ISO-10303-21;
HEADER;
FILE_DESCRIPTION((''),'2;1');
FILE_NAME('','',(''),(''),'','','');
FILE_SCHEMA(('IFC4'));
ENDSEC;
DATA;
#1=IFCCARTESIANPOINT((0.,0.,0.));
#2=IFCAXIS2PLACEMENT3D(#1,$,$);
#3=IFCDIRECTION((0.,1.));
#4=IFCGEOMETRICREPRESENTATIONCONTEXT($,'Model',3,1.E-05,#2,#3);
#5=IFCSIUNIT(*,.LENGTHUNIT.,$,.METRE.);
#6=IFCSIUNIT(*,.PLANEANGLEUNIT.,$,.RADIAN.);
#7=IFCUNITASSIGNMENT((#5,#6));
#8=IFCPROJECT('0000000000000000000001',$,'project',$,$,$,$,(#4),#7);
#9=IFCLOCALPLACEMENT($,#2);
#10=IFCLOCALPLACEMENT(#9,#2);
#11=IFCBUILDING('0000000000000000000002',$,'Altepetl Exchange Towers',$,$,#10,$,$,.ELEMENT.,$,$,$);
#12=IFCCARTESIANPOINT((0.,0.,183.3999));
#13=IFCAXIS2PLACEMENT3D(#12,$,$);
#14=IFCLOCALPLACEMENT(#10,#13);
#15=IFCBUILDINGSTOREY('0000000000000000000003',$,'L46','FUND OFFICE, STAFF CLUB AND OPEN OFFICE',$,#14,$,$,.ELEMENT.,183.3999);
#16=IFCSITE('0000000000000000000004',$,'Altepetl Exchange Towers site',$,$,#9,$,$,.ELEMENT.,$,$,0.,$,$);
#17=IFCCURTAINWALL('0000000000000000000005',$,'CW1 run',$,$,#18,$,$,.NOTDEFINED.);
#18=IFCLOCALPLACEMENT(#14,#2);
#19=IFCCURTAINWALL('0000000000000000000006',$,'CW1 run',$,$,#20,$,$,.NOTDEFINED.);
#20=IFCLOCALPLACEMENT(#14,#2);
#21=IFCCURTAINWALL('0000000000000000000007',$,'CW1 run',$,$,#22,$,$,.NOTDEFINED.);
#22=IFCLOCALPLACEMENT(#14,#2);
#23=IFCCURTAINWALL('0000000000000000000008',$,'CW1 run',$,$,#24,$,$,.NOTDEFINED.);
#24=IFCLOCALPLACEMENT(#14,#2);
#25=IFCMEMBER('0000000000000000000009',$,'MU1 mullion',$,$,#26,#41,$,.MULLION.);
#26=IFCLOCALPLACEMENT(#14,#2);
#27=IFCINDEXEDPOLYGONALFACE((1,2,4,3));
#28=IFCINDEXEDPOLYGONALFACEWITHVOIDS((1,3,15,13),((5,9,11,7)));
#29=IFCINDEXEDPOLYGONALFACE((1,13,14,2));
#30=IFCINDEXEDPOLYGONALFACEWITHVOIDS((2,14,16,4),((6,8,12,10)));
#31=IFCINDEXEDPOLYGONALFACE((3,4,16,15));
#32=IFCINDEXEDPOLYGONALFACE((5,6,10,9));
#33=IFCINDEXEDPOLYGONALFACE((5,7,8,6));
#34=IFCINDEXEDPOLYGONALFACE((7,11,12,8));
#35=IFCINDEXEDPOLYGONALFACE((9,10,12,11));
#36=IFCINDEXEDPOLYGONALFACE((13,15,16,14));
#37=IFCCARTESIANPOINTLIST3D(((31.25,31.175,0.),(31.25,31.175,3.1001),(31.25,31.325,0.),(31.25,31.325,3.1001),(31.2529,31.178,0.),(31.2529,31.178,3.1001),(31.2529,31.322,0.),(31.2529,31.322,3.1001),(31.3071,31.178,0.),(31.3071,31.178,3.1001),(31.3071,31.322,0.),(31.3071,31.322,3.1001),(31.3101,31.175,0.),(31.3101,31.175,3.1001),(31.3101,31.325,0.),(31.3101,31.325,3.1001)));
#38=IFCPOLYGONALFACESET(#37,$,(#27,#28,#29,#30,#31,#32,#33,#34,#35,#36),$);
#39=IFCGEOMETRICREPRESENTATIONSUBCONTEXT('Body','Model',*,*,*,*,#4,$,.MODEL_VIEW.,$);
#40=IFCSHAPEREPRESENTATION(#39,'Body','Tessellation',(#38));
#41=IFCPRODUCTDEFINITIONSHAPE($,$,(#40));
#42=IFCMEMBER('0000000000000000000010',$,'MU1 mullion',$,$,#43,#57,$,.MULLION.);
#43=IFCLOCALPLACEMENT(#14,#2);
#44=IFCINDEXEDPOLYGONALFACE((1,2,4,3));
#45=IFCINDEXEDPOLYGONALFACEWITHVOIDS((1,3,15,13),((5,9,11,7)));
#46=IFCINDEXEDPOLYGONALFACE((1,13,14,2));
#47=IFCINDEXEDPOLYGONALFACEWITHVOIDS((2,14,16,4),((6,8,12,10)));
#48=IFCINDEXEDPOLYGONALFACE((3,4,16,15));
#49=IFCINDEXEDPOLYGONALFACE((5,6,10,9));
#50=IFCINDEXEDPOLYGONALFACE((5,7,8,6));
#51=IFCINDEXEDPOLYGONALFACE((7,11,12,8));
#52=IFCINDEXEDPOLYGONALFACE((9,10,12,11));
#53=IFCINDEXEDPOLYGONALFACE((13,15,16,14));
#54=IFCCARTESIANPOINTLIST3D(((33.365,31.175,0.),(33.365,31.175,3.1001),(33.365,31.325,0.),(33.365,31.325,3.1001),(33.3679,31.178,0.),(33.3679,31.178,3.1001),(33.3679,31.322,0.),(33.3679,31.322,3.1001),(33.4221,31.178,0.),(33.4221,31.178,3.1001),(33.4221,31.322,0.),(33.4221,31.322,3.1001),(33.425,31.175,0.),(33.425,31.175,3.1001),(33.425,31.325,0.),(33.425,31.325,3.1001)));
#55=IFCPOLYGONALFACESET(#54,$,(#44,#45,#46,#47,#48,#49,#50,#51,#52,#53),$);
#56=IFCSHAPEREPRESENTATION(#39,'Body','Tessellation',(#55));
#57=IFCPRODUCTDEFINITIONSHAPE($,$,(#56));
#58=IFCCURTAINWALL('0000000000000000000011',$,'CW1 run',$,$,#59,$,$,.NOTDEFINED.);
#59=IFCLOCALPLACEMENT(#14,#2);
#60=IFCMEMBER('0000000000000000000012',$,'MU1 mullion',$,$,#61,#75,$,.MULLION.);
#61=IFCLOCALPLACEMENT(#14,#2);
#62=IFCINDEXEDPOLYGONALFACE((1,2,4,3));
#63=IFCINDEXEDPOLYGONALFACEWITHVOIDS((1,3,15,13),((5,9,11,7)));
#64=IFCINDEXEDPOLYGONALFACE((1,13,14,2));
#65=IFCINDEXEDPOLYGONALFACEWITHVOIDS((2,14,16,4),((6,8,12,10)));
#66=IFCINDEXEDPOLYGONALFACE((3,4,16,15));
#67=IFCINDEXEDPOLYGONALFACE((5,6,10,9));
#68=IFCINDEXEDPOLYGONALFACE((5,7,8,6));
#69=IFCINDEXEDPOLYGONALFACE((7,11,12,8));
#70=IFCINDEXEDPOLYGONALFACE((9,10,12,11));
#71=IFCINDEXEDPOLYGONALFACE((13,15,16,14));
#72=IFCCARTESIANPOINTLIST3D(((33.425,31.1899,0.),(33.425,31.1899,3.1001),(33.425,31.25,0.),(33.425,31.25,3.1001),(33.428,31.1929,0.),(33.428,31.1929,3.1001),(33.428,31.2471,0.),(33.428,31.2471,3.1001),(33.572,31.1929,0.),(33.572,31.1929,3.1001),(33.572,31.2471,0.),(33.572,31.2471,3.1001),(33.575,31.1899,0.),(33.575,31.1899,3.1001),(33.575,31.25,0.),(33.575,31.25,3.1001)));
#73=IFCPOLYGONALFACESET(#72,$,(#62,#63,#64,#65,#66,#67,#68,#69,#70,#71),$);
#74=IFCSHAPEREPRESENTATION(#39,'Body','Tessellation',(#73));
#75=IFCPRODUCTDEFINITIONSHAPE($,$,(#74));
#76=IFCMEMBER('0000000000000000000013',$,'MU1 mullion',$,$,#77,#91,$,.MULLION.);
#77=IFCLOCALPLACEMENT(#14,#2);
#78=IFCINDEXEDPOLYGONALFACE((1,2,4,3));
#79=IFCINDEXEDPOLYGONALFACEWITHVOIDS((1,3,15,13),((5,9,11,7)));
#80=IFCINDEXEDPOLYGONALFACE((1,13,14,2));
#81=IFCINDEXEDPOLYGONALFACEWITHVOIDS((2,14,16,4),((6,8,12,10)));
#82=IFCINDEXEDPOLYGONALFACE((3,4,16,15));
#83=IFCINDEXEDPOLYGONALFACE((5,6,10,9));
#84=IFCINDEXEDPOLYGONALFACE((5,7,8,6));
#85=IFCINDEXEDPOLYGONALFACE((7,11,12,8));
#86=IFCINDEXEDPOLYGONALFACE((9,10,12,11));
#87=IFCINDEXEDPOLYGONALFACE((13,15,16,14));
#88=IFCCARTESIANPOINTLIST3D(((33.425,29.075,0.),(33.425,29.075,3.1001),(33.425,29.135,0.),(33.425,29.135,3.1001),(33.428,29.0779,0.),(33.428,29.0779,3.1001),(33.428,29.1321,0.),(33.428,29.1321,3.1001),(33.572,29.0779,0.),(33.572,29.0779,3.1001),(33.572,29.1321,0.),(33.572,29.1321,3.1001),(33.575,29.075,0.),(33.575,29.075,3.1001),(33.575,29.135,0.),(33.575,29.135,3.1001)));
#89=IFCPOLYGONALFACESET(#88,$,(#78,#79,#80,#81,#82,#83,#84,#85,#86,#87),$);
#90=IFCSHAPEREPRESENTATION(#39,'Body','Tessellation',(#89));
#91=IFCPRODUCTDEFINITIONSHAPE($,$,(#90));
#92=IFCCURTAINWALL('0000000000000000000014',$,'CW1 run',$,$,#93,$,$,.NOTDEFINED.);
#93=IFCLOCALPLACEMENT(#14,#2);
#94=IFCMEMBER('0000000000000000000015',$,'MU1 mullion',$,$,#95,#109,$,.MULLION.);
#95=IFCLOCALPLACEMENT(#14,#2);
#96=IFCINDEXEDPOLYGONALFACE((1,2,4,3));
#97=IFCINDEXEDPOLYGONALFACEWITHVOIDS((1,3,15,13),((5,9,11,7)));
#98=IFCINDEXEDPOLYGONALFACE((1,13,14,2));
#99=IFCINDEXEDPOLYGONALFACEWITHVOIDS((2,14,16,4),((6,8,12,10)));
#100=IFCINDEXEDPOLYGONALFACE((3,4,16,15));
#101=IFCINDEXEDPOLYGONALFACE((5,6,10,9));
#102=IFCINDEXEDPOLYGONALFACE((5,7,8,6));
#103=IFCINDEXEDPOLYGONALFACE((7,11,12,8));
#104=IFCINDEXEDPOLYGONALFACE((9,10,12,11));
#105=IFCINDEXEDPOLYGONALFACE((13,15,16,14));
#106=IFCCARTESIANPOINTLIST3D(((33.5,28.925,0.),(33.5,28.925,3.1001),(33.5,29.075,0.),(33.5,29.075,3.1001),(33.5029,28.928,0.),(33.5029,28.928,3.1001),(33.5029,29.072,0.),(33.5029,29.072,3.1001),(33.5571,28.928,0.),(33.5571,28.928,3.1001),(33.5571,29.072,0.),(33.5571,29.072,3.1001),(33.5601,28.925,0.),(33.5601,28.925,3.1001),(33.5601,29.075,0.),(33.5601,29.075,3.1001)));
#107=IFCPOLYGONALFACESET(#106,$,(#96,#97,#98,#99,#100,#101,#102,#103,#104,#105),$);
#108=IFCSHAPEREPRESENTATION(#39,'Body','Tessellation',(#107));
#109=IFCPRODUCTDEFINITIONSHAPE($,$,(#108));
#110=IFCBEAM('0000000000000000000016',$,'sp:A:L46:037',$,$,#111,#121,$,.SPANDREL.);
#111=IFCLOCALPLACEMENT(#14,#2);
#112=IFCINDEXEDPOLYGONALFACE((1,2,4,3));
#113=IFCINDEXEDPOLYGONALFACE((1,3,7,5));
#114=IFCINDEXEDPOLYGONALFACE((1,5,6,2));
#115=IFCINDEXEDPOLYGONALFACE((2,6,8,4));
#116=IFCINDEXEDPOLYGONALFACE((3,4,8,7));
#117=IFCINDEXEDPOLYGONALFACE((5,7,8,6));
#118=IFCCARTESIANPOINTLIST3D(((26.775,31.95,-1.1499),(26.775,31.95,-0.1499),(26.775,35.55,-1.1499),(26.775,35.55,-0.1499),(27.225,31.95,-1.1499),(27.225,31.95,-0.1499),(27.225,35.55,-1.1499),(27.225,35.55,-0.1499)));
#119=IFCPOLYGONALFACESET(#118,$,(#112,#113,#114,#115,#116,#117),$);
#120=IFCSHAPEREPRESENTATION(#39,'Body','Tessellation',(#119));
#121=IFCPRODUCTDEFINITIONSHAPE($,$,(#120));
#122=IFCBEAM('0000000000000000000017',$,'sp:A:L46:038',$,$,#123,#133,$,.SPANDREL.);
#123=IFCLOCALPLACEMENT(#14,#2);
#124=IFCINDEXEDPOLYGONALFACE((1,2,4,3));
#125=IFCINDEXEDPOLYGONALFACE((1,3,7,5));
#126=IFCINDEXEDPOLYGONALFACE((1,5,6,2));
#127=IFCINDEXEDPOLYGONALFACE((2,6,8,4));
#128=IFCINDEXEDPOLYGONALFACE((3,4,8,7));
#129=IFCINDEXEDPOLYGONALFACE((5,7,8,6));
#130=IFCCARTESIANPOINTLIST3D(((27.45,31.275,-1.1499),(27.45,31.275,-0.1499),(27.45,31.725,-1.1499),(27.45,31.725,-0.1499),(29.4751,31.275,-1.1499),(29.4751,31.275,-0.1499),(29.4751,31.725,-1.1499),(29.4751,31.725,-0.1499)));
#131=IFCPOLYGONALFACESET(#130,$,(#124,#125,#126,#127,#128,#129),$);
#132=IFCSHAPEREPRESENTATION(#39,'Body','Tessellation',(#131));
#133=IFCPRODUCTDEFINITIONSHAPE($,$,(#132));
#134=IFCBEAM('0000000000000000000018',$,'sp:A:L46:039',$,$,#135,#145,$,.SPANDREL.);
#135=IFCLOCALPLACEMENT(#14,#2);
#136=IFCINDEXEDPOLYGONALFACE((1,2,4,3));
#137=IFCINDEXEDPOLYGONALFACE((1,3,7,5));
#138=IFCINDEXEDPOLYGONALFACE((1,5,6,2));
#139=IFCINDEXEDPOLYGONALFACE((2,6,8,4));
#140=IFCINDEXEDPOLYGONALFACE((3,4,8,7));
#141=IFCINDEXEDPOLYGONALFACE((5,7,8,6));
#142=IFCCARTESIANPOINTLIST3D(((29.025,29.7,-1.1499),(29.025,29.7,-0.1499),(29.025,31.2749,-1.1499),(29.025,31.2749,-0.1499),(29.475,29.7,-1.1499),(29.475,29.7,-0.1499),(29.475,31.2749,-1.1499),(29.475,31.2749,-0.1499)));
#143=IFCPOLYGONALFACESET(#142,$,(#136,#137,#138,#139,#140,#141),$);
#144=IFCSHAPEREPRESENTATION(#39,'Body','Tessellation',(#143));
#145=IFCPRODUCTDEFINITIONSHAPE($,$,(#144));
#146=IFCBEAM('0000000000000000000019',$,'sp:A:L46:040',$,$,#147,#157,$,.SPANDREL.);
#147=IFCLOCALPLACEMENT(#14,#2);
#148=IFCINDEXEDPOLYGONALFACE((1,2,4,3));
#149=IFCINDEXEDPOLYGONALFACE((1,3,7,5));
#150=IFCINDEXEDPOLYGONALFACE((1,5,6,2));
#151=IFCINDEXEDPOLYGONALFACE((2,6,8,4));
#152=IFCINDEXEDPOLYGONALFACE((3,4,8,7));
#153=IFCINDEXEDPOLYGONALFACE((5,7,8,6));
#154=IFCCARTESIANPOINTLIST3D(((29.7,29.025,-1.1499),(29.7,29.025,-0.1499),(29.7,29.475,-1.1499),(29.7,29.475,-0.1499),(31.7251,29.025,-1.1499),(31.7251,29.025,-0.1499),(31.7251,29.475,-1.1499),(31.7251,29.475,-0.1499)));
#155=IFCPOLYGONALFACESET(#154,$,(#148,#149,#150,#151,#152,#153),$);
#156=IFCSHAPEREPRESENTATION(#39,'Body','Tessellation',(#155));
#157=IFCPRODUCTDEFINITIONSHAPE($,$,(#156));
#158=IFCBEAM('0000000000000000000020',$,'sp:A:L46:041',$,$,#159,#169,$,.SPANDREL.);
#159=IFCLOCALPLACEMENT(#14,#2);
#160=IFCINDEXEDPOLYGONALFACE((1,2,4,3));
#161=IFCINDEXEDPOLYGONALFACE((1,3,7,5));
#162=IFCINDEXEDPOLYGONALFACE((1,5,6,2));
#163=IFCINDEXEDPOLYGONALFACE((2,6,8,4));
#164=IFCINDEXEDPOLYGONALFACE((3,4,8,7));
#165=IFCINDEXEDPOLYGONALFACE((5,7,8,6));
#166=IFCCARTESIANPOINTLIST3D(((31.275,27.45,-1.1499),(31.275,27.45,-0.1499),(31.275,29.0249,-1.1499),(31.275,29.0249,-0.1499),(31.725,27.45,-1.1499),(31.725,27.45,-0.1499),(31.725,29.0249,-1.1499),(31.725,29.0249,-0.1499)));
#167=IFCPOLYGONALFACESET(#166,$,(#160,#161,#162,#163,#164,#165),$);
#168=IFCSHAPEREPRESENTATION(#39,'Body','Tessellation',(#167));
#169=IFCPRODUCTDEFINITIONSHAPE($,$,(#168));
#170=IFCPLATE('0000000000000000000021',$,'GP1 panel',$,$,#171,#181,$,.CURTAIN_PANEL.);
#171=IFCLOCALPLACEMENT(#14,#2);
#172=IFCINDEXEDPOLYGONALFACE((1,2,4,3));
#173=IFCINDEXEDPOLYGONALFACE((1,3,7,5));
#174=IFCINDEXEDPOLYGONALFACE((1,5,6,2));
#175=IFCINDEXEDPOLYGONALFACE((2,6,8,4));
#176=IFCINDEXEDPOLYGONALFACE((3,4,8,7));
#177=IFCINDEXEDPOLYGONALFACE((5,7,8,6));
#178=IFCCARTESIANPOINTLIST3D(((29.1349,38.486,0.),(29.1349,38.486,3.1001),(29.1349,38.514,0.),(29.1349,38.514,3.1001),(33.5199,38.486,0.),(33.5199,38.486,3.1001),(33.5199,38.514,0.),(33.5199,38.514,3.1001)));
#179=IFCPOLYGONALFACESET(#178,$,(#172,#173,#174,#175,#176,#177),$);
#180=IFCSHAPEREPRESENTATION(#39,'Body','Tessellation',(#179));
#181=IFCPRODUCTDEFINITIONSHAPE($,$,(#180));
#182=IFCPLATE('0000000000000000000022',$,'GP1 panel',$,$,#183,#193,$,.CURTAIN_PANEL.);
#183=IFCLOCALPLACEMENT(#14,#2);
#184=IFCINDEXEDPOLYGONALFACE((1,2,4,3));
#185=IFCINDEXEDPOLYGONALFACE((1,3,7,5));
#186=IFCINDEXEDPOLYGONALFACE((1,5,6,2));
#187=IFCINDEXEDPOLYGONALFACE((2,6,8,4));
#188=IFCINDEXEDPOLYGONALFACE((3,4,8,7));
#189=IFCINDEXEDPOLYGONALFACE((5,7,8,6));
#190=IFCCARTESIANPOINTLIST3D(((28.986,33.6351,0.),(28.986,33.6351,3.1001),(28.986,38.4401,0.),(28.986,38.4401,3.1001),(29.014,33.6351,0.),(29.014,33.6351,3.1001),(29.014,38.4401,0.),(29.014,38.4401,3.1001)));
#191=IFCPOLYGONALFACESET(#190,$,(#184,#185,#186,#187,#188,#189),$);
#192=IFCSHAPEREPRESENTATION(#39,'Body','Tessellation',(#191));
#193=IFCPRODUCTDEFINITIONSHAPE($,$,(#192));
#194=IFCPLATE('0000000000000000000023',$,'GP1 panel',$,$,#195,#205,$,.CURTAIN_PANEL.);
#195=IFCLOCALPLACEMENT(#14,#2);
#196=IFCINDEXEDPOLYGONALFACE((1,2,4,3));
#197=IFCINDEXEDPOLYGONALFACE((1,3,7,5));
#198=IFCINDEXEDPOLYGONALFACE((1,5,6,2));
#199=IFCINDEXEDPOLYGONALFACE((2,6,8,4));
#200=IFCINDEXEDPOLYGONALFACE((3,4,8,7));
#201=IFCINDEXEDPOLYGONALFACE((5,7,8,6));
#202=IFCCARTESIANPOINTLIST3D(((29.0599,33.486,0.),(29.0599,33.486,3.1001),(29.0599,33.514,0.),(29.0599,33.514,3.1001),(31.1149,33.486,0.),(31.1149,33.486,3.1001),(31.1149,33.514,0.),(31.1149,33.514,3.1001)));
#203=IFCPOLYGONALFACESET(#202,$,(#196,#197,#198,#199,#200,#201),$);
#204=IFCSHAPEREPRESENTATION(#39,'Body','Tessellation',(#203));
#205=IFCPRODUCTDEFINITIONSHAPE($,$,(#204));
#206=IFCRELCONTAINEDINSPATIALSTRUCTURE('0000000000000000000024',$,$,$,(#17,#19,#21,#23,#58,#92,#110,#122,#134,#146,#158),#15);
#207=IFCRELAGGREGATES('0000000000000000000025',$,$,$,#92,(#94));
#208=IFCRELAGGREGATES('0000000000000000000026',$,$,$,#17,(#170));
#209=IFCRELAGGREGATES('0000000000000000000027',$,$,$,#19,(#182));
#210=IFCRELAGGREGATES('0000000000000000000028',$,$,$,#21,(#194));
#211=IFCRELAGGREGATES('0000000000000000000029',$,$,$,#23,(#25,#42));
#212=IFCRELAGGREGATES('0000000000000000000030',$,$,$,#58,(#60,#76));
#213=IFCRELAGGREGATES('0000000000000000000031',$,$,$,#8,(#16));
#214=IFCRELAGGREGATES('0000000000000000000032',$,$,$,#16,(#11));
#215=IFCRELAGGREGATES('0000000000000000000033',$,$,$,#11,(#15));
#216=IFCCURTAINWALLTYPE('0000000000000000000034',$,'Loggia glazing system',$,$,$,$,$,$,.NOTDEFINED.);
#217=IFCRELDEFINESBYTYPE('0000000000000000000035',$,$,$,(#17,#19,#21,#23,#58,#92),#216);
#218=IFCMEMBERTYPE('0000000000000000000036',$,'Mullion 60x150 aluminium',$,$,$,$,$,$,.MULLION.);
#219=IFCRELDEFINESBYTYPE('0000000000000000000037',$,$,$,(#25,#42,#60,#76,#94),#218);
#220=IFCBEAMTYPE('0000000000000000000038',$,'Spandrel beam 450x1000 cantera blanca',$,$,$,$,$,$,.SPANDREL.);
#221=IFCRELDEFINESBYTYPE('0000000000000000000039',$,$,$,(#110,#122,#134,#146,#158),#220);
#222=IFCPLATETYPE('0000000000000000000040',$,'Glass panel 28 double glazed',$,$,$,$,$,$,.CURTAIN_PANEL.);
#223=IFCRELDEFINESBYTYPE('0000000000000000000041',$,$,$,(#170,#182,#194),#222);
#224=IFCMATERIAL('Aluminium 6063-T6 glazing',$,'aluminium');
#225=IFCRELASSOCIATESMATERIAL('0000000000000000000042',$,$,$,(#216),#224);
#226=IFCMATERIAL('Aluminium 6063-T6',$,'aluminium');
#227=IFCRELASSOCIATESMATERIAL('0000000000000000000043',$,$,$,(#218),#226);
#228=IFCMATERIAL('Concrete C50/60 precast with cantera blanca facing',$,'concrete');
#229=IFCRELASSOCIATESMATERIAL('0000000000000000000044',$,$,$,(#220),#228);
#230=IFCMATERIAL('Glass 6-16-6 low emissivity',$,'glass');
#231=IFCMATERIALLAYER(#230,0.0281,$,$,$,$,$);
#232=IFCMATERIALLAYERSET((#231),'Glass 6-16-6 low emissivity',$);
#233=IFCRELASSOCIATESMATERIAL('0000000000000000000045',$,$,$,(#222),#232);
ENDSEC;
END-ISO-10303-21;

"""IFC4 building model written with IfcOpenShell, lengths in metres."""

from ifc_helpers import new_model, si_unit, direction, frame, origin, origin_2d, place, context, subcontext, project, spatial, rectangle, hollow_rectangle, extrude, material, layer, layer_set, material_profile, profile_set, type_object, element, aggregate, save


model = new_model("IFC4")

# Units and contexts
model_context = context("Model", 3, precision=1e-05, world=origin(), true_north=direction((0.0, 1.0)))
body_context = subcontext(model_context, "Body", "Model", "MODEL_VIEW")
ifc_project = project(units=[si_unit("LENGTHUNIT", "METRE"), si_unit("PLANEANGLEUNIT", "RADIAN")], contexts=[model_context])

# Site, building, storey
site_placement = place(None, origin())
site = spatial("IfcSite", under=ifc_project, at=site_placement, Name="Altepetl Exchange Towers site", CompositionType="ELEMENT", RefElevation=0.0)
building_placement = place(site_placement, origin())
building = spatial("IfcBuilding", under=site, at=building_placement, Name="Altepetl Exchange Towers", CompositionType="ELEMENT")
storey_placement = place(building_placement, frame((0.0, 0.0, 183.3999)))
storey = spatial("IfcBuildingStorey", under=building, at=storey_placement, Name="L46", Description="FUND OFFICE, STAFF CLUB AND OPEN OFFICE", CompositionType="ELEMENT", Elevation=183.3999)

# Curtain walls, members
ifc_material_1 = material(Name="Aluminium 6063-T6 glazing", Category="aluminium")
curtain_wall_type = type_object("IfcCurtainWallType", Name="Loggia glazing system", PredefinedType="NOTDEFINED", material=ifc_material_1)
curtain_wall_1_placement = place(storey_placement, origin())
curtain_wall_1 = element("IfcCurtainWall", 1, at=curtain_wall_1_placement, inside=storey, type_object=curtain_wall_type, Name="CW1 run", PredefinedType="NOTDEFINED")
ifc_material_2 = material(Name="Aluminium 6063-T6", Category="aluminium")
ifc_material_profile_1 = material_profile(ifc_material_2, hollow_rectangle(XDim=0.0601, YDim=0.1499, WallThickness=0.0029, at=origin_2d()), Name="Mullion 60x150 aluminium")
ifc_profile_set_1 = profile_set([ifc_material_profile_1], Name="Aluminium 6063-T6")
member_type = type_object("IfcMemberType", Name="Mullion 60x150 aluminium", PredefinedType="MULLION", material=ifc_profile_set_1)
curtain_wall_2_placement = place(storey_placement, origin())
curtain_wall_2 = element("IfcCurtainWall", 2, at=curtain_wall_2_placement, inside=storey, type_object=curtain_wall_type, Name="CW1 run", PredefinedType="NOTDEFINED")
curtain_wall_3_placement = place(storey_placement, origin())
curtain_wall_3 = element("IfcCurtainWall", 3, at=curtain_wall_3_placement, inside=storey, type_object=curtain_wall_type, Name="CW1 run", PredefinedType="NOTDEFINED")
curtain_wall_4_placement = place(storey_placement, origin())
curtain_wall_4 = element("IfcCurtainWall", 4, at=curtain_wall_4_placement, inside=storey, type_object=curtain_wall_type, Name="CW1 run", PredefinedType="NOTDEFINED")
member_1_placement = place(storey_placement, frame((31.28, 31.25, 0.0)))
member_1 = element("IfcMember", 5, at=member_1_placement, type_object=member_type, Name="MU1 mullion", PredefinedType="MULLION", context=body_context, shape_type="SweptSolid", body=[
    extrude(hollow_rectangle(XDim=0.0601, YDim=0.1499, WallThickness=0.0029, at=origin_2d()), origin(), (0.0, 0.0, 1.0), 3.1001),
])
member_2_placement = place(storey_placement, frame((33.395, 31.25, 0.0)))
member_2 = element("IfcMember", 6, at=member_2_placement, type_object=member_type, Name="MU1 mullion", PredefinedType="MULLION", context=body_context, shape_type="SweptSolid", body=[
    extrude(hollow_rectangle(XDim=0.0601, YDim=0.1499, WallThickness=0.0029, at=origin_2d()), origin(), (0.0, 0.0, 1.0), 3.1001),
])
curtain_wall_5_placement = place(storey_placement, origin())
curtain_wall_5 = element("IfcCurtainWall", 7, at=curtain_wall_5_placement, inside=storey, type_object=curtain_wall_type, Name="CW1 run", PredefinedType="NOTDEFINED")
member_3_placement = place(storey_placement, frame((33.5, 31.22, 0.0), z_axis=(0.0, 0.0, 1.0), x_axis=(0.0, -1.0, 0.0)))
member_3 = element("IfcMember", 8, at=member_3_placement, type_object=member_type, Name="MU1 mullion", PredefinedType="MULLION", context=body_context, shape_type="SweptSolid", body=[
    extrude(hollow_rectangle(XDim=0.0601, YDim=0.1499, WallThickness=0.0029, at=origin_2d()), origin(), (0.0, 0.0, 1.0), 3.1001),
])
member_4_placement = place(storey_placement, frame((33.5, 29.105, 0.0), z_axis=(0.0, 0.0, 1.0), x_axis=(0.0, -1.0, 0.0)))
member_4 = element("IfcMember", 9, at=member_4_placement, type_object=member_type, Name="MU1 mullion", PredefinedType="MULLION", context=body_context, shape_type="SweptSolid", body=[
    extrude(hollow_rectangle(XDim=0.0601, YDim=0.1499, WallThickness=0.0029, at=origin_2d()), origin(), (0.0, 0.0, 1.0), 3.1001),
])

# Curtain wall, member
curtain_wall_6_placement = place(storey_placement, origin())
curtain_wall_6 = element("IfcCurtainWall", 10, at=curtain_wall_6_placement, inside=storey, type_object=curtain_wall_type, Name="CW1 run", PredefinedType="NOTDEFINED")
member_5_placement = place(storey_placement, frame((33.53, 29.0, 0.0)))
member_5 = element("IfcMember", 11, at=member_5_placement, type_object=member_type, Name="MU1 mullion", PredefinedType="MULLION", context=body_context, shape_type="SweptSolid", body=[
    extrude(hollow_rectangle(XDim=0.0601, YDim=0.1499, WallThickness=0.0029, at=origin_2d()), origin(), (0.0, 0.0, 1.0), 3.1001),
])
aggregate(curtain_wall_6, [member_5])

# Beams
ifc_material_3 = material(Name="Concrete C50/60 precast with cantera blanca facing", Category="concrete")
ifc_material_profile_2 = material_profile(ifc_material_3, rectangle(XDim=0.45, YDim=1.0, at=origin_2d()), Name="450 x 1000")
ifc_profile_set_2 = profile_set([ifc_material_profile_2], Name="Concrete C50/60 precast with cantera blanca facing")
beam_type_1 = type_object("IfcBeamType", Name="Spandrel beam 450x1000 cantera blanca", PredefinedType="SPANDREL", material=ifc_profile_set_2)
beam_1_placement = place(storey_placement, frame((27.0, 35.55, -0.6499), z_axis=(0.0, -1.0, 0.0), x_axis=(1.0, 0.0, 0.0)))
element("IfcBeam", 12, at=beam_1_placement, inside=storey, type_object=beam_type_1, Name="sp:A:L46:037", PredefinedType="SPANDREL", context=body_context, shape_type="SweptSolid", body=[
    extrude(rectangle(XDim=0.45, YDim=1.0, at=origin_2d()), origin(), (0.0, 0.0, 1.0), 3.6001),
])
beam_2_placement = place(storey_placement, frame((27.45, 31.5, -0.6499), z_axis=(1.0, 0.0, 0.0), x_axis=(0.0, 1.0, 0.0)))
element("IfcBeam", 13, at=beam_2_placement, inside=storey, type_object=beam_type_1, Name="sp:A:L46:038", PredefinedType="SPANDREL", context=body_context, shape_type="SweptSolid", body=[
    extrude(rectangle(XDim=0.45, YDim=1.0, at=origin_2d()), origin(), (0.0, 0.0, 1.0), 2.0251),
])
beam_3_placement = place(storey_placement, frame((29.25, 31.2749, -0.6499), z_axis=(0.0, -1.0, 0.0), x_axis=(1.0, 0.0, 0.0)))
element("IfcBeam", 14, at=beam_3_placement, inside=storey, type_object=beam_type_1, Name="sp:A:L46:039", PredefinedType="SPANDREL", context=body_context, shape_type="SweptSolid", body=[
    extrude(rectangle(XDim=0.45, YDim=1.0, at=origin_2d()), origin(), (0.0, 0.0, 1.0), 1.575),
])
beam_4_placement = place(storey_placement, frame((29.7, 29.25, -0.6499), z_axis=(1.0, 0.0, 0.0), x_axis=(0.0, 1.0, 0.0)))
element("IfcBeam", 15, at=beam_4_placement, inside=storey, type_object=beam_type_1, Name="sp:A:L46:040", PredefinedType="SPANDREL", context=body_context, shape_type="SweptSolid", body=[
    extrude(rectangle(XDim=0.45, YDim=1.0, at=origin_2d()), origin(), (0.0, 0.0, 1.0), 2.0251),
])
beam_5_placement = place(storey_placement, frame((31.5, 29.0249, -0.6499), z_axis=(0.0, -1.0, 0.0), x_axis=(1.0, 0.0, 0.0)))
element("IfcBeam", 16, at=beam_5_placement, inside=storey, type_object=beam_type_1, Name="sp:A:L46:041", PredefinedType="SPANDREL", context=body_context, shape_type="SweptSolid", body=[
    extrude(rectangle(XDim=0.45, YDim=1.0, at=origin_2d()), origin(), (0.0, 0.0, 1.0), 1.575),
])

# Plates
ifc_material_4 = material(Name="Glass 6-16-6 low emissivity", Category="glass")
ifc_layer = layer(ifc_material_4, 0.0281)
ifc_layer_set = layer_set([ifc_layer], Name="Glass 6-16-6 low emissivity")
plate_type = type_object("IfcPlateType", Name="Glass panel 28 double glazed", PredefinedType="CURTAIN_PANEL", material=ifc_layer_set)
plate_1_placement = place(storey_placement, frame((31.3274, 38.5, 0.0), z_axis=(0.0, 0.0, 1.0), x_axis=(-1.0, 0.0, 0.0)))
plate_1 = element("IfcPlate", 17, at=plate_1_placement, type_object=plate_type, Name="GP1 panel", PredefinedType="CURTAIN_PANEL", context=body_context, shape_type="SweptSolid", body=[
    extrude(rectangle(XDim=4.385, YDim=0.0281, at=origin_2d()), origin(), (0.0, 0.0, 1.0), 3.1001),
])
aggregate(curtain_wall_1, [plate_1])
plate_2_placement = place(storey_placement, frame((29.0, 36.0376, 0.0), z_axis=(0.0, 0.0, 1.0), x_axis=(0.0, -1.0, 0.0)))
plate_2 = element("IfcPlate", 18, at=plate_2_placement, type_object=plate_type, Name="GP1 panel", PredefinedType="CURTAIN_PANEL", context=body_context, shape_type="SweptSolid", body=[
    extrude(rectangle(XDim=4.8049, YDim=0.0281, at=origin_2d()), origin(), (0.0, 0.0, 1.0), 3.1001),
])
aggregate(curtain_wall_2, [plate_2])
plate_3_placement = place(storey_placement, frame((30.0874, 33.5, 0.0)))
plate_3 = element("IfcPlate", 19, at=plate_3_placement, type_object=plate_type, Name="GP1 panel", PredefinedType="CURTAIN_PANEL", context=body_context, shape_type="SweptSolid", body=[
    extrude(rectangle(XDim=2.0549, YDim=0.0281, at=origin_2d()), origin(), (0.0, 0.0, 1.0), 3.1001),
])
aggregate(curtain_wall_3, [plate_3])
aggregate(curtain_wall_4, [member_1, member_2])
aggregate(curtain_wall_5, [member_3, member_4])

save(model, "model.ifc")
